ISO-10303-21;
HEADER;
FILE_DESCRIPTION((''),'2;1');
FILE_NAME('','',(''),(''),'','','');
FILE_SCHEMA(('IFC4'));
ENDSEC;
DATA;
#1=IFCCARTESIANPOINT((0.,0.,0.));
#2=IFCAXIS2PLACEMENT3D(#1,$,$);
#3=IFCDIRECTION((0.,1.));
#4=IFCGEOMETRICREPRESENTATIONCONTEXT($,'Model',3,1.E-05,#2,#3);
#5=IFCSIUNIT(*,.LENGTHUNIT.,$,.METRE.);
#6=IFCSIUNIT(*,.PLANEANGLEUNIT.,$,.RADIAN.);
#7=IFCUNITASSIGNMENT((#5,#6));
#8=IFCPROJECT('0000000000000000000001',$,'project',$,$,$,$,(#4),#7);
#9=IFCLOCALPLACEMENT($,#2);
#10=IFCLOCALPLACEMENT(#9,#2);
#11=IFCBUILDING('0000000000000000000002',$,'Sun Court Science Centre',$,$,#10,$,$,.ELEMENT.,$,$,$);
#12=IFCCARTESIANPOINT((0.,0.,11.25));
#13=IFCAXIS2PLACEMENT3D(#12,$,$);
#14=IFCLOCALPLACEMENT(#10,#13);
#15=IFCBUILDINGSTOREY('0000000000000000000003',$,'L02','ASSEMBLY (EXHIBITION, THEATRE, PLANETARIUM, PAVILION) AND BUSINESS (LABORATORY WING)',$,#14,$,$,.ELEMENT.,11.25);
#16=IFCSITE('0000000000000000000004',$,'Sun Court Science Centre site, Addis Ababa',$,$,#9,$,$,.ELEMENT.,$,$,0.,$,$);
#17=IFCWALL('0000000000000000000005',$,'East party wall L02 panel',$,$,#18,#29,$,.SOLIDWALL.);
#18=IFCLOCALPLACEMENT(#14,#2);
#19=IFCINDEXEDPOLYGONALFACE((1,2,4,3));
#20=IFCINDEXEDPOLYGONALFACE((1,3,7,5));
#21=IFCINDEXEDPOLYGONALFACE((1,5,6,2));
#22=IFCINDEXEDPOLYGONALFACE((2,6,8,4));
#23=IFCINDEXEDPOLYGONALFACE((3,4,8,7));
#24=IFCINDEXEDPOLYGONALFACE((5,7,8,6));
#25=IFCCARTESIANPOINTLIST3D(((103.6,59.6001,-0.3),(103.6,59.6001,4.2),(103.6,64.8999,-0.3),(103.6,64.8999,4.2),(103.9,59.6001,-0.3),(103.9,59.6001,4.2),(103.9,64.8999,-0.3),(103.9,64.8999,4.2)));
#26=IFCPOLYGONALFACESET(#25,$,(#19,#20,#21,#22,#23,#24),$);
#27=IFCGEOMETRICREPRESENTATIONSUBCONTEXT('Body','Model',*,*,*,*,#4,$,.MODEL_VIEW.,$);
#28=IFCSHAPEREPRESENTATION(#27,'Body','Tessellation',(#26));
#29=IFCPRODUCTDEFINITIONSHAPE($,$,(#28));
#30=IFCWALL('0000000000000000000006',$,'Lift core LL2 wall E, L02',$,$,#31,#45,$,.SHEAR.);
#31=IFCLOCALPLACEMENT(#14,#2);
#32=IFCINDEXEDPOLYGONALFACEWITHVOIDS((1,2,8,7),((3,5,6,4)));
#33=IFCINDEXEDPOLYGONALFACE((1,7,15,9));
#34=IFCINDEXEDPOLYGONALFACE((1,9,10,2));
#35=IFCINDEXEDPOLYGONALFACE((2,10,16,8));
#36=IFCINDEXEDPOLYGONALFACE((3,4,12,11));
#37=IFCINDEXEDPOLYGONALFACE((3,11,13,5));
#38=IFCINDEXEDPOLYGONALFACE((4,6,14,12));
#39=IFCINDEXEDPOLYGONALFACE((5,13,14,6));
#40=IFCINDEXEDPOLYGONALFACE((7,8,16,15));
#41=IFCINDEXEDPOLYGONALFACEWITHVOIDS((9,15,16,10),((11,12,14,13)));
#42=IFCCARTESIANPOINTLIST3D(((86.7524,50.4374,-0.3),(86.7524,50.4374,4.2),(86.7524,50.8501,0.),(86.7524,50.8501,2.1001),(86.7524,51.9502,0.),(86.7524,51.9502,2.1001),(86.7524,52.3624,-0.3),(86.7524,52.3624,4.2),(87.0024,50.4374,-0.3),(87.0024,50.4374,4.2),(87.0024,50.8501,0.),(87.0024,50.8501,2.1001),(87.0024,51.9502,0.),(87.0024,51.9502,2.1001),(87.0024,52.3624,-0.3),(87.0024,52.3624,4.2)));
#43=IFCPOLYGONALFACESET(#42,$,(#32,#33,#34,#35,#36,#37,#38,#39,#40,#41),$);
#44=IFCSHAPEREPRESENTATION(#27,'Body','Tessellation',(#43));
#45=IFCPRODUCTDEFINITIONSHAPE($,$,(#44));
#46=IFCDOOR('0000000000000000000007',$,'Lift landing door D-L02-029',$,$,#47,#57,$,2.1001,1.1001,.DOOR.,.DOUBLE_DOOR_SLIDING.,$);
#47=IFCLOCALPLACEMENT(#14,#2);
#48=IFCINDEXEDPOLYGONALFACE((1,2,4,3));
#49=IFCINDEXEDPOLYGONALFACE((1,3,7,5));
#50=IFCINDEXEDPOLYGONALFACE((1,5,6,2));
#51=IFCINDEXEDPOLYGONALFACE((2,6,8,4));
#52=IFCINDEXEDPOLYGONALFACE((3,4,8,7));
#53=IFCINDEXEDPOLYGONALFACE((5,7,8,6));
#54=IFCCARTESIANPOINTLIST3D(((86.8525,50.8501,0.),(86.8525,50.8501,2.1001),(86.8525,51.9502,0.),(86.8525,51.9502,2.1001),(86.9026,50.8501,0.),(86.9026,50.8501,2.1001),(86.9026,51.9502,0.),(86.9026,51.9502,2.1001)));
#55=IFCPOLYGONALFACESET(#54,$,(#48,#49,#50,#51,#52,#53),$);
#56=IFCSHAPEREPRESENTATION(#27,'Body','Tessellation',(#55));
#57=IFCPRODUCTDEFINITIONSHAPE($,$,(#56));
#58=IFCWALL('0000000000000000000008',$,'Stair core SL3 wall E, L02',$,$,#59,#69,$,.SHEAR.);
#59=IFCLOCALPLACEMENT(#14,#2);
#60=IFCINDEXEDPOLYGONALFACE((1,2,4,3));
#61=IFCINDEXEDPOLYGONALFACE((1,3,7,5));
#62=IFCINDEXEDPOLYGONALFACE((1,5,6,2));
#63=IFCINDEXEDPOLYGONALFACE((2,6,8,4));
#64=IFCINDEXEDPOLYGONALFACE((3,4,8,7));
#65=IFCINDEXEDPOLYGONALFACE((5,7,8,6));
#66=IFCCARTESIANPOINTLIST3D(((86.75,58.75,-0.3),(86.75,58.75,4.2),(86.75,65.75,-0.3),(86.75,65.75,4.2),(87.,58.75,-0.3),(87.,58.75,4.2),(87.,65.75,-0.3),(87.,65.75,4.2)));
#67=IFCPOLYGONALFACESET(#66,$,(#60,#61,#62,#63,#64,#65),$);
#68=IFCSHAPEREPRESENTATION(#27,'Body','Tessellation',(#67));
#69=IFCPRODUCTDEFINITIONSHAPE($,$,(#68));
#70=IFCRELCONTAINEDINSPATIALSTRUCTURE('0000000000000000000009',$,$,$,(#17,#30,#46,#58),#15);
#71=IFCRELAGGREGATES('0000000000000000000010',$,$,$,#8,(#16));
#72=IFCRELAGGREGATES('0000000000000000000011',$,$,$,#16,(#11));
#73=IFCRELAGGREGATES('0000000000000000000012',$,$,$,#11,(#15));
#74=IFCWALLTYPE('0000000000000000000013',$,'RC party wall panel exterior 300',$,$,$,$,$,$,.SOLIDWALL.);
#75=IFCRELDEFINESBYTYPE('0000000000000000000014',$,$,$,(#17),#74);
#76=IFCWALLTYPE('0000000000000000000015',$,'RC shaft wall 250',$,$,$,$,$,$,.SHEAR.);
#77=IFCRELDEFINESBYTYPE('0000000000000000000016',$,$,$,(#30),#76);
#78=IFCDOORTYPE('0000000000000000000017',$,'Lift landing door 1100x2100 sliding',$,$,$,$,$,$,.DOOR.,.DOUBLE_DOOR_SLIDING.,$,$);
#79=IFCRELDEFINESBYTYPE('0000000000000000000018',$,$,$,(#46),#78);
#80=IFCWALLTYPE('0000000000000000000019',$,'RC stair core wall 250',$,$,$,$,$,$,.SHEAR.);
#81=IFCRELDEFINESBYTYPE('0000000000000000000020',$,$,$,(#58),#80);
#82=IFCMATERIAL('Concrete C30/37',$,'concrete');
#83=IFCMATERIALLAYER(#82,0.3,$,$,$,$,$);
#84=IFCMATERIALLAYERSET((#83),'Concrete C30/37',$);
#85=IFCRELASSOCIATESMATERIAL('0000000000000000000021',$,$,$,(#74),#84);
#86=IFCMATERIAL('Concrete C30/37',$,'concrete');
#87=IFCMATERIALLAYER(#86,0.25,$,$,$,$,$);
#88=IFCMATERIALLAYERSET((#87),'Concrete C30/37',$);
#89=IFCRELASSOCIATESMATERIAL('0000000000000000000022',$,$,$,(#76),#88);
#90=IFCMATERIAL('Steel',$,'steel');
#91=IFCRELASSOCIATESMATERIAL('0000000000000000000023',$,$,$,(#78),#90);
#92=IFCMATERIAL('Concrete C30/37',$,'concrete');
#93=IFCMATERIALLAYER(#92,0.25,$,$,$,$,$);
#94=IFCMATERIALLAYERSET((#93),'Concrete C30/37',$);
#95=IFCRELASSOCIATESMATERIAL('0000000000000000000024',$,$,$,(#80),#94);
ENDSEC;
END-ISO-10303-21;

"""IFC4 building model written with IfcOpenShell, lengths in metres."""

from ifc_helpers import new_model, si_unit, direction, frame, frame_2d, origin, place, context, subcontext, project, spatial, rectangle, extrude, material, layer, layer_set, type_object, element, fill, save


model = new_model("IFC4")

# Units and contexts
model_context = context("Model", 3, precision=1e-05, world=origin(), true_north=direction((0.0, 1.0)))
body_context = subcontext(model_context, "Body", "Model", "MODEL_VIEW")
ifc_project = project(units=[si_unit("LENGTHUNIT", "METRE"), si_unit("PLANEANGLEUNIT", "RADIAN")], contexts=[model_context])

# Site, building, storey
site_placement = place(None, origin())
site = spatial("IfcSite", under=ifc_project, at=site_placement, Name="Sun Court Science Centre site, Addis Ababa", CompositionType="ELEMENT", RefElevation=0.0)
building_placement = place(site_placement, origin())
building = spatial("IfcBuilding", under=site, at=building_placement, Name="Sun Court Science Centre", CompositionType="ELEMENT")
storey_placement = place(building_placement, frame((0.0, 0.0, 11.25)))
storey = spatial("IfcBuildingStorey", under=building, at=storey_placement, Name="L02", Description="ASSEMBLY (EXHIBITION, THEATRE, PLANETARIUM, PAVILION) AND BUSINESS (LABORATORY WING)", CompositionType="ELEMENT", Elevation=11.25)

# Wall
ifc_material_1 = material(Name="Concrete C30/37", Category="concrete")
ifc_layer_1 = layer(ifc_material_1, 0.3)
ifc_layer_set_1 = layer_set([ifc_layer_1], Name="Concrete C30/37")
wall_type_1 = type_object("IfcWallType", Name="RC party wall panel exterior 300", PredefinedType="SOLIDWALL", material=ifc_layer_set_1)
for number, where, z_axis, x_axis, name in (
    (1, (103.75, 59.6001, -0.3), (0.0, 0.0, 1.0), (0.0, 1.0, 0.0), "East party wall L02 panel"),
):
    element("IfcWall", number, at=place(storey_placement, frame(where, z_axis=z_axis, x_axis=x_axis)), inside=storey, type_object=wall_type_1, Name=name, PredefinedType="SOLIDWALL", context=body_context, shape_type="SweptSolid", body=[
        extrude(rectangle(XDim=5.2998, YDim=0.3, at=frame_2d((2.6499, 0.0))), origin(), (0.0, 0.0, 1.0), 4.5),
    ])

# Wall, opening, door
ifc_material_2 = material(Name="Concrete C30/37", Category="concrete")
ifc_layer_2 = layer(ifc_material_2, 0.25)
ifc_layer_set_2 = layer_set([ifc_layer_2], Name="Concrete C30/37")
wall_type_2 = type_object("IfcWallType", Name="RC shaft wall 250", PredefinedType="SHEAR", material=ifc_layer_set_2)
wall_1_placement = place(storey_placement, frame((86.8774, 50.4375, -0.3), z_axis=(0.0, 0.0, 1.0), x_axis=(0.0, 1.0, 0.0)))
wall_1 = element("IfcWall", 2, at=wall_1_placement, inside=storey, type_object=wall_type_2, Name="Lift core LL2 wall E, L02", PredefinedType="SHEAR", context=body_context, shape_type="SweptSolid", body=[
    extrude(rectangle(XDim=1.925, YDim=0.25, at=frame_2d((0.9624, 0.0))), origin(), (0.0, 0.0, 1.0), 4.5),
])
opening_1_placement = place(wall_1_placement, frame((0.4126, 0.0, 0.3)))
opening_1 = element("IfcOpeningElement", 3, at=opening_1_placement, cuts=wall_1, PredefinedType="OPENING", context=body_context, shape_type="SweptSolid", body=[
    extrude(rectangle(XDim=1.1001, YDim=2.1001, at=frame_2d((0.55, 1.05))), frame((0.0, 0.135, 0.0), z_axis=(0.0, -1.0, 0.0), x_axis=(1.0, 0.0, 0.0)), (0.0, 0.0, 1.0), 0.27),
])
ifc_material_3 = material(Name="Steel", Category="steel")
door_type_1 = type_object("IfcDoorType", Name="Lift landing door 1100x2100 sliding", OperationType="DOUBLE_DOOR_SLIDING", PredefinedType="DOOR", material=ifc_material_3)
door_1_placement = place(opening_1_placement, origin())
door_1 = element("IfcDoor", 4, at=door_1_placement, inside=storey, type_object=door_type_1, Name="Lift landing door D-L02-029", OperationType="DOUBLE_DOOR_SLIDING", OverallHeight=2.1001, OverallWidth=1.1001, PredefinedType="DOOR", context=body_context, shape_type="SweptSolid", body=[
    extrude(rectangle(XDim=1.1001, YDim=2.1001, at=frame_2d((0.55, 1.05))), frame((0.0, 0.0249, 0.0), z_axis=(0.0, -1.0, 0.0), x_axis=(1.0, 0.0, 0.0)), (0.0, 0.0, 1.0), 0.05),
])
fill(opening_1, door_1)

# Wall
ifc_material_4 = material(Name="Concrete C30/37", Category="concrete")
ifc_layer_3 = layer(ifc_material_4, 0.25)
ifc_layer_set_3 = layer_set([ifc_layer_3], Name="Concrete C30/37")
wall_type_3 = type_object("IfcWallType", Name="RC stair core wall 250", PredefinedType="SHEAR", material=ifc_layer_set_3)
wall_2_placement = place(storey_placement, frame((86.875, 58.75, -0.3), z_axis=(0.0, 0.0, 1.0), x_axis=(0.0, 1.0, 0.0)))
element("IfcWall", 5, at=wall_2_placement, inside=storey, type_object=wall_type_3, Name="Stair core SL3 wall E, L02", PredefinedType="SHEAR", context=body_context, shape_type="SweptSolid", body=[
    extrude(rectangle(XDim=7.0, YDim=0.25, at=frame_2d((3.5, 0.0))), origin(), (0.0, 0.0, 1.0), 4.5),
])

save(model, "model.ifc")
